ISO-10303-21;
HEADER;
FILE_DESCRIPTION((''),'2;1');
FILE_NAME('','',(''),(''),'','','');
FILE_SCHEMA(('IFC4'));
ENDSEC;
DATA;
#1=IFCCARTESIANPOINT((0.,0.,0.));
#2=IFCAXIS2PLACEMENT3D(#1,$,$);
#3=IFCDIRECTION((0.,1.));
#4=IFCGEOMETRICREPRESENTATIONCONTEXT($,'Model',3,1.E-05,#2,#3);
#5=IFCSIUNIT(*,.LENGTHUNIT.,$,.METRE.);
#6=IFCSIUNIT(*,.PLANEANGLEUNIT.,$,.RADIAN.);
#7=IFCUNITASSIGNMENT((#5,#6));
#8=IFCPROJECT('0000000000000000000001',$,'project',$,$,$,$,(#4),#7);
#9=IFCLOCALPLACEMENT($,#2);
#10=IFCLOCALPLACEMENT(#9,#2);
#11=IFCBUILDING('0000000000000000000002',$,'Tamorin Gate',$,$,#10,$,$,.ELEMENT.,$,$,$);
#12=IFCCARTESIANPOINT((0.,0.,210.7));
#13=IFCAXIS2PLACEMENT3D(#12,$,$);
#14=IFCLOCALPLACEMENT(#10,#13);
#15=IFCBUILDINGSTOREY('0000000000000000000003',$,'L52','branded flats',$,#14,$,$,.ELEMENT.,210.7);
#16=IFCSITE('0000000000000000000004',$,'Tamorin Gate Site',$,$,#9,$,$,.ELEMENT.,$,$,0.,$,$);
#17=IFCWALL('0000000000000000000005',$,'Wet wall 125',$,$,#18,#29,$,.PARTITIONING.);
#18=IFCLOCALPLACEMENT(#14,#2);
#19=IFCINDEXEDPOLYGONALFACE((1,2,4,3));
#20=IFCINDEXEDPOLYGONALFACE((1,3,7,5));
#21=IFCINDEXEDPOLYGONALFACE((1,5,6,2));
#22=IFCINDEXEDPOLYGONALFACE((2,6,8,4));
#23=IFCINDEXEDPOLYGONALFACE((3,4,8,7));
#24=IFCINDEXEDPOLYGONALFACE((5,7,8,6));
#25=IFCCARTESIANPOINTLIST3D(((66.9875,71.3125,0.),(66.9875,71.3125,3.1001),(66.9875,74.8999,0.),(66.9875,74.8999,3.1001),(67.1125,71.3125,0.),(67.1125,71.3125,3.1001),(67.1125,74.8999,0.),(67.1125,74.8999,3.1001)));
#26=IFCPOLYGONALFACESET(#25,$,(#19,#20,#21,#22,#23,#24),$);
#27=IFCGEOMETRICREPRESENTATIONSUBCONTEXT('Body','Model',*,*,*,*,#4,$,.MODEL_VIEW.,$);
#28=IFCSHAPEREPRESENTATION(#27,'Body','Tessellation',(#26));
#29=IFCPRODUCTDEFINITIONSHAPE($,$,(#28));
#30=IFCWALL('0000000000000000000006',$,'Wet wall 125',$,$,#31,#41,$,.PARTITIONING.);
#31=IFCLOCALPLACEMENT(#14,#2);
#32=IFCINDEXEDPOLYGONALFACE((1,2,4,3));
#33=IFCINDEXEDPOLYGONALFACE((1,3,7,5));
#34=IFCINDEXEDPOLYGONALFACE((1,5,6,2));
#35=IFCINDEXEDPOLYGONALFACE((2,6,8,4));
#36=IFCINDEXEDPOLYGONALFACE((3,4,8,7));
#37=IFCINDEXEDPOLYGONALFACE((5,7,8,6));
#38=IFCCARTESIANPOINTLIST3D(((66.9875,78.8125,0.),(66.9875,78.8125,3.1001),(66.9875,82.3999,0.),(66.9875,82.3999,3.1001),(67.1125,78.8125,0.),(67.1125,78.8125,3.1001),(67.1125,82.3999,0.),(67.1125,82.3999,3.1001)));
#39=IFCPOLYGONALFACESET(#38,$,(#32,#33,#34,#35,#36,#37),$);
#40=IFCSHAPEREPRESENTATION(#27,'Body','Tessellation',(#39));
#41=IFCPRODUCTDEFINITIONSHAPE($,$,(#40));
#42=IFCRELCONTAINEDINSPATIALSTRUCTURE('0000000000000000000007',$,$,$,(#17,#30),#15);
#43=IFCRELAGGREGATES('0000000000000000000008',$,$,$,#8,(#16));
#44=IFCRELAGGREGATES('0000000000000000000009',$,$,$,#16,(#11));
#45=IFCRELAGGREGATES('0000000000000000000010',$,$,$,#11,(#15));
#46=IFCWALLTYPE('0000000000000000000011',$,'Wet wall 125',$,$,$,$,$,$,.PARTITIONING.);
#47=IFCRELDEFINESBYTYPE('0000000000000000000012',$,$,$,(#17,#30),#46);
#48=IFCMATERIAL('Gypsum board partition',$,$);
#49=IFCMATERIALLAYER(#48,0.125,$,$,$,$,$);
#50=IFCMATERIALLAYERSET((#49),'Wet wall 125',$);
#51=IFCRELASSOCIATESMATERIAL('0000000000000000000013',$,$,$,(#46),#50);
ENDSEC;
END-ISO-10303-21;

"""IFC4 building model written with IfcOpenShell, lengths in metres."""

from ifc_helpers import new_model, si_unit, direction, frame, frame_2d, origin, place, context, subcontext, project, spatial, rectangle, extrude, material, layer, layer_set, type_object, element, save


model = new_model("IFC4")

# Units and contexts
model_context = context("Model", 3, precision=1e-05, world=origin(), true_north=direction((0.0, 1.0)))
body_context = subcontext(model_context, "Body", "Model", "MODEL_VIEW")
ifc_project = project(units=[si_unit("LENGTHUNIT", "METRE"), si_unit("PLANEANGLEUNIT", "RADIAN")], contexts=[model_context])

# Site, building, storey
site_placement = place(None, origin())
site = spatial("IfcSite", under=ifc_project, at=site_placement, Name="Tamorin Gate Site", CompositionType="ELEMENT", RefElevation=0.0)
building_placement = place(site_placement, origin())
building = spatial("IfcBuilding", under=site, at=building_placement, Name="Tamorin Gate", CompositionType="ELEMENT")
storey_placement = place(building_placement, frame((0.0, 0.0, 210.7)))
storey = spatial("IfcBuildingStorey", under=building, at=storey_placement, Name="L52", Description="branded flats", CompositionType="ELEMENT", Elevation=210.7)

# Shared definitions
ifc_material_1 = material(Name="Gypsum board partition")

# Shared definitions
ifc_layer_1 = layer(ifc_material_1, 0.125)
ifc_layer_set_1 = layer_set([ifc_layer_1], Name="Wet wall 125")
wall_type_1 = type_object("IfcWallType", Name="Wet wall 125", PredefinedType="PARTITIONING", material=ifc_layer_set_1)

# Walls
for number, where, z_axis, x_axis, name in (
    (1, (67.05, 71.3125, 0.0), (0.0, 0.0, 1.0), (0.0, 1.0, 0.0), "Wet wall 125"),
    (2, (67.05, 78.8125, 0.0), (0.0, 0.0, 1.0), (0.0, 1.0, 0.0), "Wet wall 125"),
):
    element("IfcWall", number, at=place(storey_placement, frame(where, z_axis=z_axis, x_axis=x_axis)), inside=storey, type_object=wall_type_1, Name=name, PredefinedType="PARTITIONING", context=body_context, shape_type="SweptSolid", body=[
        extrude(rectangle(XDim=3.5874, YDim=0.125, at=frame_2d((1.7937, 0.0))), origin(), (0.0, 0.0, 1.0), 3.1001),
    ])

save(model, "model.ifc")
